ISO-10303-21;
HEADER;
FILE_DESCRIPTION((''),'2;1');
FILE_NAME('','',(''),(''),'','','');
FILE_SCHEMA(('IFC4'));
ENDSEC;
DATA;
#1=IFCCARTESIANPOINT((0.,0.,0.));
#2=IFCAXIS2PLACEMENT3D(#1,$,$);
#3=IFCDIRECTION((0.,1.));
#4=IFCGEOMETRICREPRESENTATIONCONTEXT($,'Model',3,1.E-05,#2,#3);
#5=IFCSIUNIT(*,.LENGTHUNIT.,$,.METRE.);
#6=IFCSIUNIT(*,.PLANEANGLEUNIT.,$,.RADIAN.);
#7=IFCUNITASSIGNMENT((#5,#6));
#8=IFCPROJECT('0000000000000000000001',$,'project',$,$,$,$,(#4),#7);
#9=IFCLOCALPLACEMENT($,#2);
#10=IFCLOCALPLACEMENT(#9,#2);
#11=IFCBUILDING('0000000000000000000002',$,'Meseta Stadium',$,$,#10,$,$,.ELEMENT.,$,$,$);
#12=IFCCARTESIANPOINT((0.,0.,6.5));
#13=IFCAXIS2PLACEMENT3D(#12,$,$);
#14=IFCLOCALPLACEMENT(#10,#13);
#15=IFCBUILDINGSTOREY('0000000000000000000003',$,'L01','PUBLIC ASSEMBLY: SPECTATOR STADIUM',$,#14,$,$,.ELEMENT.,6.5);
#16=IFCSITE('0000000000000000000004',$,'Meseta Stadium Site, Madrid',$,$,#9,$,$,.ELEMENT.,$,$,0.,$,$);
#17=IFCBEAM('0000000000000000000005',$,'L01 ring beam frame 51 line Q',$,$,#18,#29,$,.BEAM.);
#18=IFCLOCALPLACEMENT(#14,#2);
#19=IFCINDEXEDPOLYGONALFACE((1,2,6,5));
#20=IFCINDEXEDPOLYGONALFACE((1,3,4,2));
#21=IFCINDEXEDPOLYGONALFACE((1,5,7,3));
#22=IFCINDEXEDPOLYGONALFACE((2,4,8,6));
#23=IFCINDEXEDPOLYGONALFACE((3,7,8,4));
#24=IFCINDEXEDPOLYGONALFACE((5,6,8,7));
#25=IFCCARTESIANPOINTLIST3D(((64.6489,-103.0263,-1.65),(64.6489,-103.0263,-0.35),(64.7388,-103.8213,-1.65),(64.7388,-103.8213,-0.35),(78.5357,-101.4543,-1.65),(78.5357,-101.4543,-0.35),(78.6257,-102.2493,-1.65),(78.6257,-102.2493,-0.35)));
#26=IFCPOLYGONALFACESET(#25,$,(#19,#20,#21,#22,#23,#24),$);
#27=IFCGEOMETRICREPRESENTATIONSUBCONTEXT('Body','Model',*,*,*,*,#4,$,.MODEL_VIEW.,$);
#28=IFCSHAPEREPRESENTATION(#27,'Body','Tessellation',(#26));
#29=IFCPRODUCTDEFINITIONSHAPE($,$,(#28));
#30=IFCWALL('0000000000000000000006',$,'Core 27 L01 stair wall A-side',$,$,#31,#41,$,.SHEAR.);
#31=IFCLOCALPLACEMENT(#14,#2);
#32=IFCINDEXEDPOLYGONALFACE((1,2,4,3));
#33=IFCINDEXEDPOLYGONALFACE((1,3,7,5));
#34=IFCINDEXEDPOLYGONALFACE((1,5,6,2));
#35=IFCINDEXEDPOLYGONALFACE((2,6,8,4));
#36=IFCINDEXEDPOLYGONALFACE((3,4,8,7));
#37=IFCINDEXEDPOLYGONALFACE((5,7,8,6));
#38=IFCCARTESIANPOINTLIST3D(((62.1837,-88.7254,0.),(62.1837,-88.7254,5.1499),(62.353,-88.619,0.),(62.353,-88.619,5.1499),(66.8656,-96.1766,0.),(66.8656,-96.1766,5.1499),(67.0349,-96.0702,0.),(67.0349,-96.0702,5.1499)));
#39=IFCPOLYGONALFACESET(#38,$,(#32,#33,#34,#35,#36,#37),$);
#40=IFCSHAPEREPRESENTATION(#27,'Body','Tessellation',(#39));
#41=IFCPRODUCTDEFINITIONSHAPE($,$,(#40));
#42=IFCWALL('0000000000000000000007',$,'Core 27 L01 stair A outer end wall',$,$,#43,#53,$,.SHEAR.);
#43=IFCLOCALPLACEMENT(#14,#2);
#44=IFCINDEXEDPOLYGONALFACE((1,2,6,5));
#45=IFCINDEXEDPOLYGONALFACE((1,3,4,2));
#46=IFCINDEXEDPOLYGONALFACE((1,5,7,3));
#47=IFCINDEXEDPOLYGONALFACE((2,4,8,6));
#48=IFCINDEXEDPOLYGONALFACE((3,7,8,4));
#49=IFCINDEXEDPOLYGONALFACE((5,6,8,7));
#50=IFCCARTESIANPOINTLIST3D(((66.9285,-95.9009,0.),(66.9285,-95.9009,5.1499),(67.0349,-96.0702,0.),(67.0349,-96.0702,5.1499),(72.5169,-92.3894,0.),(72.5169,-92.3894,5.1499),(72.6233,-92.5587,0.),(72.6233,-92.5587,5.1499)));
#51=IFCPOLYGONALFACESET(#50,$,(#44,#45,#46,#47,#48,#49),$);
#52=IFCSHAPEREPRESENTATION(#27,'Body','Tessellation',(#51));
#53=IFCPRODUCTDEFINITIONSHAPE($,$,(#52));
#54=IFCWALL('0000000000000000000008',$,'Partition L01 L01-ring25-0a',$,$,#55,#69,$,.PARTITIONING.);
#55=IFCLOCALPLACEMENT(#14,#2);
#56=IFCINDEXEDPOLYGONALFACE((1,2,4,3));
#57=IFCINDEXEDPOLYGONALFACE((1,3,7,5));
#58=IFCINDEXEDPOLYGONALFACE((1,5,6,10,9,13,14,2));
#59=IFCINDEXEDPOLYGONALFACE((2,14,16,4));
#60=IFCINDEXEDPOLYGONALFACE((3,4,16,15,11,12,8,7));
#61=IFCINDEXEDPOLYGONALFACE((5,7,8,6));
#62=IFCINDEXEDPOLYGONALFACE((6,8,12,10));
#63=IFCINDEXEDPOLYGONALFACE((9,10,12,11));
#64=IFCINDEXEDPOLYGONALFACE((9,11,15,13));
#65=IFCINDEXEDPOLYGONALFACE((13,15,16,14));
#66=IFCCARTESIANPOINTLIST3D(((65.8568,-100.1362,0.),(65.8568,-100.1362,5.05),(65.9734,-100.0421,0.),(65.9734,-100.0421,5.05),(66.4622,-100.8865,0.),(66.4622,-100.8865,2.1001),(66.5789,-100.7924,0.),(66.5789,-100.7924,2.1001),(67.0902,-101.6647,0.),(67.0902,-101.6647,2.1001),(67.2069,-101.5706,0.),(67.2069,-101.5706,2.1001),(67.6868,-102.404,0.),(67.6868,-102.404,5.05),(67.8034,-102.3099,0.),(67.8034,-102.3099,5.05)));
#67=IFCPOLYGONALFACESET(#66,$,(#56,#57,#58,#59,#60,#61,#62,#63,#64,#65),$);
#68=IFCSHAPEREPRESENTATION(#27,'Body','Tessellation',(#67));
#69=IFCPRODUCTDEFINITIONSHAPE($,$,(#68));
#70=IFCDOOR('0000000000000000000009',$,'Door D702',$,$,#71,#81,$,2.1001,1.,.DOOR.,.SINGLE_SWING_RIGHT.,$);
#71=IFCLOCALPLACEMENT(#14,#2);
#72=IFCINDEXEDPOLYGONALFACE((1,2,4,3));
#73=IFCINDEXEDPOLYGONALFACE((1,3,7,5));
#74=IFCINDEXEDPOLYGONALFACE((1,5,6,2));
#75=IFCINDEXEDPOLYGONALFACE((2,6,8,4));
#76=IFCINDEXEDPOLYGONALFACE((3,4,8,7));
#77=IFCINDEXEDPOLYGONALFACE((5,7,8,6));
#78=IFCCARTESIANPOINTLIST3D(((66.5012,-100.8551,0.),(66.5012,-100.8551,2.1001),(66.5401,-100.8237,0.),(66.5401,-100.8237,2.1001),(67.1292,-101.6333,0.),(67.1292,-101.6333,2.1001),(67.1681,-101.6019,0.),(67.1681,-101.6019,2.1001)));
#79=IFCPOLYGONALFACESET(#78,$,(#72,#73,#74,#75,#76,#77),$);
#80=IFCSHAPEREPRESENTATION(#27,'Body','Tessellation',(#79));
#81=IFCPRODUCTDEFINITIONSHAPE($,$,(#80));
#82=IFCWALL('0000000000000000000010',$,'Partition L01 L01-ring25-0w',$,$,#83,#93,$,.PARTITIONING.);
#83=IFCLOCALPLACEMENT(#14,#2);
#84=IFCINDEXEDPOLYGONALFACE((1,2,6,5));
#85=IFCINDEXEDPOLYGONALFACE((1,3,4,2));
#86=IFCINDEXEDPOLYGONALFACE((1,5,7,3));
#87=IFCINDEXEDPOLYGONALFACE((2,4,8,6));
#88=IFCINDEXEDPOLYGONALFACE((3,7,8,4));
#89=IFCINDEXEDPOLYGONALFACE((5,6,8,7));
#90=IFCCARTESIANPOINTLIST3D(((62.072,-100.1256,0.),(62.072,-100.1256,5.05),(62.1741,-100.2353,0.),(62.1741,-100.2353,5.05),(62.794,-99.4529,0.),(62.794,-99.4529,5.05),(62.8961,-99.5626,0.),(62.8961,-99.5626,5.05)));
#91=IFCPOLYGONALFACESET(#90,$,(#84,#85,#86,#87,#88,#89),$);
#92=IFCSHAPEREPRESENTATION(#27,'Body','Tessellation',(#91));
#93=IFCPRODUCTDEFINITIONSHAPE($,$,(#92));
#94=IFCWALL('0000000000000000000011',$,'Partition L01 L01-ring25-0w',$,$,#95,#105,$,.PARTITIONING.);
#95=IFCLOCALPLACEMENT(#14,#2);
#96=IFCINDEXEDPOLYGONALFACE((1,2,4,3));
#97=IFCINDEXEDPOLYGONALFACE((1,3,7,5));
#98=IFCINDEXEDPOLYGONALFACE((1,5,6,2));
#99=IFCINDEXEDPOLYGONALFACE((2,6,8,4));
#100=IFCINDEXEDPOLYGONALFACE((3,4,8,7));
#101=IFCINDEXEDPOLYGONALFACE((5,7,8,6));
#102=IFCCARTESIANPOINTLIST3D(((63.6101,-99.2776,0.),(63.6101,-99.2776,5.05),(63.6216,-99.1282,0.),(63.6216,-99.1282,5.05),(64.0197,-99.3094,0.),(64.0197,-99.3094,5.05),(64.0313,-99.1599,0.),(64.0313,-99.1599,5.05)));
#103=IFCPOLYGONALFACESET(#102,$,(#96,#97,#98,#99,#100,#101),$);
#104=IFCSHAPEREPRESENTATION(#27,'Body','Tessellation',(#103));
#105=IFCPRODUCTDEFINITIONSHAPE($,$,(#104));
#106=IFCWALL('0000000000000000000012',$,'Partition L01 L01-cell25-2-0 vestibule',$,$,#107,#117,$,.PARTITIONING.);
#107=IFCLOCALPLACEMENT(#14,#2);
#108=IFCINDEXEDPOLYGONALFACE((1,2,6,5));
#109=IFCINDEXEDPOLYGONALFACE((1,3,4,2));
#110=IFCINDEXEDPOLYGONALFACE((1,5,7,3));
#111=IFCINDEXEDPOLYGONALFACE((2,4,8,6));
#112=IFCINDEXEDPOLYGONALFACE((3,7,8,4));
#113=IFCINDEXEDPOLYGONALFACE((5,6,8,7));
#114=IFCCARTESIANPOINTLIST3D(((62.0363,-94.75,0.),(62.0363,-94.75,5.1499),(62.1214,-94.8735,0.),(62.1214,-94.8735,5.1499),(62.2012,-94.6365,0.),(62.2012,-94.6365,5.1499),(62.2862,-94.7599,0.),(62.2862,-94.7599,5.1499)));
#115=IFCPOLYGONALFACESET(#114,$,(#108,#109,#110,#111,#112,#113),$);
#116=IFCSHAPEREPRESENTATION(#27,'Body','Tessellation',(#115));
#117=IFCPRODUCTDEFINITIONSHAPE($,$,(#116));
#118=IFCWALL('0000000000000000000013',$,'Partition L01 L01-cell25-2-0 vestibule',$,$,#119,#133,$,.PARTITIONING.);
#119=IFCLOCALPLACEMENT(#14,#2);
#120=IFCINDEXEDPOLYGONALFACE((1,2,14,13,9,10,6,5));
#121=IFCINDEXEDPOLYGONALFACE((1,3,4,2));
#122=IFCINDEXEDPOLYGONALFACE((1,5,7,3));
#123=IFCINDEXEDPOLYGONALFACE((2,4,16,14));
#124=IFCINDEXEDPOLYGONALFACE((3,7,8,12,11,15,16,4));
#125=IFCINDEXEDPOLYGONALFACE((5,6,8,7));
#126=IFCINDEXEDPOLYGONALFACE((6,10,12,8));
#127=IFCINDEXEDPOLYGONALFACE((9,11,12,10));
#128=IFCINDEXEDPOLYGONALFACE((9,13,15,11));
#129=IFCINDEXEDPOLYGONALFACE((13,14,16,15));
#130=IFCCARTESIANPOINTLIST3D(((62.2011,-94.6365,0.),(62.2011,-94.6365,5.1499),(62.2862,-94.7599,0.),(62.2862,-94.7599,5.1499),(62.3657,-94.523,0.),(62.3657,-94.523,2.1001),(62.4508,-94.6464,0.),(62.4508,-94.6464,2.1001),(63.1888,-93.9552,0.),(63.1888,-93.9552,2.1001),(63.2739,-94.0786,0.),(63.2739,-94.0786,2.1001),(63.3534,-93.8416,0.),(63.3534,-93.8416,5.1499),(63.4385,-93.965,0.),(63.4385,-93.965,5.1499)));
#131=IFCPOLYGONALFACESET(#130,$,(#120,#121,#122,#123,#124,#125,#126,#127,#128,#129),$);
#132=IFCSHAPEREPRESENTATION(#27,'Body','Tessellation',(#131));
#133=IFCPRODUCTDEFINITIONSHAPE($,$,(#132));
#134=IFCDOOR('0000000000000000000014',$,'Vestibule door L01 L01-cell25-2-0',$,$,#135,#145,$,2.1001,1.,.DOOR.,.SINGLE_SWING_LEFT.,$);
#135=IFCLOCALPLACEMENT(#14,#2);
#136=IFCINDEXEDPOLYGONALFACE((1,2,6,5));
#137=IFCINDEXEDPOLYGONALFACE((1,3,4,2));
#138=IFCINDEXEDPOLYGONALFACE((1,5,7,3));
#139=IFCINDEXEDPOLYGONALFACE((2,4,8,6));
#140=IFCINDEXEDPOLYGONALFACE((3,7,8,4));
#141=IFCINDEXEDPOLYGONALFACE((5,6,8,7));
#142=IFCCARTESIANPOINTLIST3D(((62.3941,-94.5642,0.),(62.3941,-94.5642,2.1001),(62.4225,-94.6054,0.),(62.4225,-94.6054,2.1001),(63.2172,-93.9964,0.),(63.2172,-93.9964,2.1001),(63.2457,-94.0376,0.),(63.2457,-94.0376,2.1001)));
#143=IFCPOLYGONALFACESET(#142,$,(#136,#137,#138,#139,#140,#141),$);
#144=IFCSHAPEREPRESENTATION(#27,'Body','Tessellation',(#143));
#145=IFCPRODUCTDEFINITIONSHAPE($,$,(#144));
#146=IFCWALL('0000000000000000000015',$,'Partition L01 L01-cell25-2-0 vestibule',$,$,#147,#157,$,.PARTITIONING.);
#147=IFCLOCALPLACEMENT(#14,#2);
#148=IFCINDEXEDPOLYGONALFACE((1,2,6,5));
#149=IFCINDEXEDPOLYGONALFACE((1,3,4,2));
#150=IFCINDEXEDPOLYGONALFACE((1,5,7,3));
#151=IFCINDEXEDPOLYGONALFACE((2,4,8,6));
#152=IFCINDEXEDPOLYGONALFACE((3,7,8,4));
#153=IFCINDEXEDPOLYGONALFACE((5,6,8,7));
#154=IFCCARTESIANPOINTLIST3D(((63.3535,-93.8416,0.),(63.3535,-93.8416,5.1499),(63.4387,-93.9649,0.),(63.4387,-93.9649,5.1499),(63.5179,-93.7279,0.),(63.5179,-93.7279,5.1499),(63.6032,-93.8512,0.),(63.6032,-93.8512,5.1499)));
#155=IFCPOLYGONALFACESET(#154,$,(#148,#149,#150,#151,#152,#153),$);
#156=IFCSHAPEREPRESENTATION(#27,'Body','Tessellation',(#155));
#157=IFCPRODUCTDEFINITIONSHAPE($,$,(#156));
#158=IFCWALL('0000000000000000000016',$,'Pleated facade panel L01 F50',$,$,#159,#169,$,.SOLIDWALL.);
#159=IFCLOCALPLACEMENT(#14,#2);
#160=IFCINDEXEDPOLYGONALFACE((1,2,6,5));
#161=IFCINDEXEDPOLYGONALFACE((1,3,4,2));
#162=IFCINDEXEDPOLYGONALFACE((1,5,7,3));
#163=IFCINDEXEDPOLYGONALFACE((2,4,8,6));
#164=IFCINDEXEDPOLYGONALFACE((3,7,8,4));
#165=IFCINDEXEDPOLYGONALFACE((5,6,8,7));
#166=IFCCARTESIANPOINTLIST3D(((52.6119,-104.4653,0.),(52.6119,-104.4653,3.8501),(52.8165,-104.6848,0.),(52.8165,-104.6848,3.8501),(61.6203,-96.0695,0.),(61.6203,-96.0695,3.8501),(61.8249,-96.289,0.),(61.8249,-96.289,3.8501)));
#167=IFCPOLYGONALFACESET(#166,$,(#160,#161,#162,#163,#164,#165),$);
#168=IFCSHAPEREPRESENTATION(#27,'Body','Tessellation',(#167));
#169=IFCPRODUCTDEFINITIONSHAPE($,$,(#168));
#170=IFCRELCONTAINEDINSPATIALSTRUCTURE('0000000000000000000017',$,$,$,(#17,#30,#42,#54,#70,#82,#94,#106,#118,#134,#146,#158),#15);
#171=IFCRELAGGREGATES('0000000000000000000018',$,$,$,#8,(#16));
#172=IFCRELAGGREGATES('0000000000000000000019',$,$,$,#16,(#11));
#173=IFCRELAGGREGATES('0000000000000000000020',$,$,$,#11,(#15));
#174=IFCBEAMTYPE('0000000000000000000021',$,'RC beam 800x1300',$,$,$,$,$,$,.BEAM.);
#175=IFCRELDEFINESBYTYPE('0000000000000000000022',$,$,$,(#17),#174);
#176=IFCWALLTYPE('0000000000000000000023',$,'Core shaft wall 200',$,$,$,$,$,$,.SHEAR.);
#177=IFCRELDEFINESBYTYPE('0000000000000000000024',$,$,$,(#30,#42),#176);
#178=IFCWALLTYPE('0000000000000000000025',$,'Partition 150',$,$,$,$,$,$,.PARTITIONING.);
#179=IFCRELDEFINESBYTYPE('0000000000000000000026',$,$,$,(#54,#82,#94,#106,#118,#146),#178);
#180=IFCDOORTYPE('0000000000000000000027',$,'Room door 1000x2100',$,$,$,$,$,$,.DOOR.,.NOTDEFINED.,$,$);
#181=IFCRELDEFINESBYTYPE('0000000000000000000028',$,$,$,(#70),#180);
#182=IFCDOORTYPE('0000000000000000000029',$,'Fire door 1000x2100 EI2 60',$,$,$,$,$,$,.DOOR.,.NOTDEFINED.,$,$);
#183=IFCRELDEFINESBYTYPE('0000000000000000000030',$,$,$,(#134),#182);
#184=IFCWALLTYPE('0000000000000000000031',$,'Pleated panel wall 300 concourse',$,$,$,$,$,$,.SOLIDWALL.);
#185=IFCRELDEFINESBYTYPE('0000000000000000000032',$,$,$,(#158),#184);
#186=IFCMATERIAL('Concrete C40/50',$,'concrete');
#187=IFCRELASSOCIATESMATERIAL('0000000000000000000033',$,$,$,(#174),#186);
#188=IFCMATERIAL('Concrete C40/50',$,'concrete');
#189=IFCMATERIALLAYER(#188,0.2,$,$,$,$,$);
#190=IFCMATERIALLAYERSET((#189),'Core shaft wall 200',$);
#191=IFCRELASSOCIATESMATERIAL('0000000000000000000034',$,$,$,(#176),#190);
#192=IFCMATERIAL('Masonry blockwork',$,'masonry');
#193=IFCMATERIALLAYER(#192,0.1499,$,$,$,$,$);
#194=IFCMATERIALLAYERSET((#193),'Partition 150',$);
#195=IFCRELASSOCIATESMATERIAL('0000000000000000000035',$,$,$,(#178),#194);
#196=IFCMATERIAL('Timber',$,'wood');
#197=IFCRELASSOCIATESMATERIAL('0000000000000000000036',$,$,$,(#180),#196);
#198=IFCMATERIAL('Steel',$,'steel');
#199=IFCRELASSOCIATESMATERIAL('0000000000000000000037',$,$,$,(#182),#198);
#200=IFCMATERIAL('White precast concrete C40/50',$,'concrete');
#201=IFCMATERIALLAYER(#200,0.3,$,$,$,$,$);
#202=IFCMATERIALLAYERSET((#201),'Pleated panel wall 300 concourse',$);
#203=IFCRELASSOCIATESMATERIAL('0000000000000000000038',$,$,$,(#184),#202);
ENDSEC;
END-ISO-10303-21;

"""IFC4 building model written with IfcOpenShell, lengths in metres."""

from ifc_helpers import new_model, si_unit, direction, frame, frame_2d, origin, origin_2d, place, context, subcontext, project, spatial, rectangle, extrude, material, layer, layer_set, material_profile, profile_set, type_object, element, fill, save


model = new_model("IFC4")

# Units and contexts
model_context = context("Model", 3, precision=1e-05, world=origin(), true_north=direction((0.0, 1.0)))
body_context = subcontext(model_context, "Body", "Model", "MODEL_VIEW")
ifc_project = project(units=[si_unit("LENGTHUNIT", "METRE"), si_unit("PLANEANGLEUNIT", "RADIAN")], contexts=[model_context])

# Site, building, storey
site_placement = place(None, origin())
site = spatial("IfcSite", under=ifc_project, at=site_placement, Name="Meseta Stadium Site, Madrid", CompositionType="ELEMENT", RefElevation=0.0)
building_placement = place(site_placement, origin())
building = spatial("IfcBuilding", under=site, at=building_placement, Name="Meseta Stadium", CompositionType="ELEMENT")
storey_placement = place(building_placement, frame((0.0, 0.0, 6.5)))
storey = spatial("IfcBuildingStorey", under=building, at=storey_placement, Name="L01", Description="PUBLIC ASSEMBLY: SPECTATOR STADIUM", CompositionType="ELEMENT", Elevation=6.5)

# Beam
ifc_material_1 = material(Name="Concrete C40/50", Category="concrete")
ifc_material_profile_1 = material_profile(ifc_material_1, rectangle(XDim=0.8, YDim=1.3, at=origin_2d()), Name="RC 800x1300")
ifc_profile_set_1 = profile_set([ifc_material_profile_1], Name="Concrete C40/50")
beam_type_1 = type_object("IfcBeamType", Name="RC beam 800x1300", PredefinedType="BEAM", material=ifc_profile_set_1)
beam_1_placement = place(storey_placement, frame((64.6938, -103.4238, -1.0), z_axis=(0.993654, 0.112483, 0.0), x_axis=(-0.112483, 0.993654, 0.0)))
element("IfcBeam", 1, at=beam_1_placement, inside=storey, type_object=beam_type_1, Name="L01 ring beam frame 51 line Q", PredefinedType="BEAM", context=body_context, shape_type="SweptSolid", body=[
    extrude(rectangle(XDim=0.8, YDim=1.3, at=origin_2d()), origin(), (0.0, 0.0, 1.0), 13.9756),
])

# Walls
ifc_material_2 = material(Name="Concrete C40/50", Category="concrete")
ifc_layer_1 = layer(ifc_material_2, 0.2)
ifc_layer_set_1 = layer_set([ifc_layer_1], Name="Core shaft wall 200")
wall_type_1 = type_object("IfcWallType", Name="Core shaft wall 200", PredefinedType="SHEAR", material=ifc_layer_set_1)
wall_1_placement = place(storey_placement, frame((66.9502, -96.1233, 0.0), z_axis=(0.0, 0.0, 1.0), x_axis=(-0.532032, 0.846724, 0.0)))
element("IfcWall", 2, at=wall_1_placement, inside=storey, type_object=wall_type_1, Name="Core 27 L01 stair wall A-side", PredefinedType="SHEAR", context=body_context, shape_type="SweptSolid", body=[
    extrude(rectangle(XDim=8.8, YDim=0.2, at=frame_2d((4.3999, 0.0))), origin(), (0.0, 0.0, 1.0), 5.1499),
])
wall_2_placement = place(storey_placement, frame((66.9817, -95.9856, 0.0), z_axis=(0.0, 0.0, 1.0), x_axis=(0.84672, 0.532039, 0.0)))
element("IfcWall", 3, at=wall_2_placement, inside=storey, type_object=wall_type_1, Name="Core 27 L01 stair A outer end wall", PredefinedType="SHEAR", context=body_context, shape_type="SweptSolid", body=[
    extrude(rectangle(XDim=6.6001, YDim=0.2, at=frame_2d((3.3, 0.0))), origin(), (0.0, 0.0, 1.0), 5.1499),
])

# Wall, opening, door
ifc_material_3 = material(Name="Masonry blockwork", Category="masonry")
ifc_layer_2 = layer(ifc_material_3, 0.1499)
ifc_layer_set_2 = layer_set([ifc_layer_2], Name="Partition 150")
wall_type_2 = type_object("IfcWallType", Name="Partition 150", PredefinedType="PARTITIONING", material=ifc_layer_set_2)
wall_3_placement = place(storey_placement, frame((67.7451, -102.3569, 0.0), z_axis=(0.0, 0.0, 1.0), x_axis=(-0.628, 0.778214, 0.0)))
wall_3 = element("IfcWall", 4, at=wall_3_placement, inside=storey, type_object=wall_type_2, Name="Partition L01 L01-ring25-0a", PredefinedType="PARTITIONING", context=body_context, shape_type="SweptSolid", body=[
    extrude(rectangle(XDim=2.9141, YDim=0.1499, at=frame_2d((1.457, 0.0))), origin(), (0.0, 0.0, 1.0), 5.05),
])
opening_1_placement = place(wall_3_placement, frame((0.95, 0.0, 0.0)))
opening_1 = element("IfcOpeningElement", 5, at=opening_1_placement, cuts=wall_3, PredefinedType="OPENING", context=body_context, shape_type="SweptSolid", body=[
    extrude(rectangle(XDim=1.0, YDim=2.1001, at=frame_2d((0.5, 1.05))), frame((0.0, 0.085, 0.0), z_axis=(0.0, -1.0, 0.0), x_axis=(1.0, 0.0, 0.0)), (0.0, 0.0, 1.0), 0.1699),
])
ifc_material_4 = material(Name="Timber", Category="wood")
door_type_1 = type_object("IfcDoorType", Name="Room door 1000x2100", OperationType="NOTDEFINED", PredefinedType="DOOR", material=ifc_material_4)
door_1_placement = place(opening_1_placement, origin())
door_1 = element("IfcDoor", 6, at=door_1_placement, inside=storey, type_object=door_type_1, Name="Door D702", OperationType="SINGLE_SWING_RIGHT", OverallHeight=2.1001, OverallWidth=1.0, PredefinedType="DOOR", context=body_context, shape_type="SweptSolid", body=[
    extrude(rectangle(XDim=1.0, YDim=2.1001, at=frame_2d((0.5, 1.05))), frame((0.0, 0.0249, 0.0), z_axis=(0.0, -1.0, 0.0), x_axis=(1.0, 0.0, 0.0)), (0.0, 0.0, 1.0), 0.05),
])
fill(opening_1, door_1)

# Walls
wall_4_placement = place(storey_placement, frame((62.123, -100.1804, 0.0), z_axis=(0.0, 0.0, 1.0), x_axis=(0.731656, 0.681674, 0.0)))
element("IfcWall", 7, at=wall_4_placement, inside=storey, type_object=wall_type_2, Name="Partition L01 L01-ring25-0w", PredefinedType="PARTITIONING", context=body_context, shape_type="SweptSolid", body=[
    extrude(rectangle(XDim=0.9868, YDim=0.1499, at=frame_2d((0.4934, 0.0))), origin(), (0.0, 0.0, 1.0), 5.05),
])
wall_5_placement = place(storey_placement, frame((63.6157, -99.2029, 0.0), z_axis=(0.0, 0.0, 1.0), x_axis=(0.997012, -0.077242, 0.0)))
element("IfcWall", 8, at=wall_5_placement, inside=storey, type_object=wall_type_2, Name="Partition L01 L01-ring25-0w", PredefinedType="PARTITIONING", context=body_context, shape_type="SweptSolid", body=[
    extrude(rectangle(XDim=0.4109, YDim=0.1499, at=frame_2d((0.2056, 0.0))), origin(), (0.0, 0.0, 1.0), 5.05),
])
wall_6_placement = place(storey_placement, frame((62.0789, -94.8118, 0.0), z_axis=(0.0, 0.0, 1.0), x_axis=(0.823508, 0.567305, 0.0)))
element("IfcWall", 9, at=wall_6_placement, inside=storey, type_object=wall_type_2, Name="Partition L01 L01-cell25-2-0 vestibule", PredefinedType="PARTITIONING", context=body_context, shape_type="SweptSolid", body=[
    extrude(rectangle(XDim=0.2002, YDim=0.1499, at=frame_2d((0.1001, 0.0))), origin(), (0.0, 0.0, 1.0), 5.1499),
])

# Wall, opening, door
wall_7_placement = place(storey_placement, frame((62.2437, -94.6982, 0.0), z_axis=(0.0, 0.0, 1.0), x_axis=(0.823145, 0.567831, 0.0)))
wall_7 = element("IfcWall", 10, at=wall_7_placement, inside=storey, type_object=wall_type_2, Name="Partition L01 L01-cell25-2-0 vestibule", PredefinedType="PARTITIONING", context=body_context, shape_type="SweptSolid", body=[
    extrude(rectangle(XDim=1.3999, YDim=0.1499, at=frame_2d((0.7, 0.0))), origin(), (0.0, 0.0, 1.0), 5.1499),
])
opening_2_placement = place(wall_7_placement, frame((0.2, 0.0, 0.0)))
opening_2 = element("IfcOpeningElement", 11, at=opening_2_placement, cuts=wall_7, PredefinedType="OPENING", context=body_context, shape_type="SweptSolid", body=[
    extrude(rectangle(XDim=1.0, YDim=2.1001, at=frame_2d((0.5, 1.05))), frame((0.0, 0.085, 0.0), z_axis=(0.0, -1.0, 0.0), x_axis=(1.0, 0.0, 0.0)), (0.0, 0.0, 1.0), 0.1699),
])
ifc_material_5 = material(Name="Steel", Category="steel")
door_type_2 = type_object("IfcDoorType", Name="Fire door 1000x2100 EI2 60", OperationType="NOTDEFINED", PredefinedType="DOOR", material=ifc_material_5)
door_2_placement = place(opening_2_placement, origin())
door_2 = element("IfcDoor", 12, at=door_2_placement, inside=storey, type_object=door_type_2, Name="Vestibule door L01 L01-cell25-2-0", OperationType="SINGLE_SWING_LEFT", OverallHeight=2.1001, OverallWidth=1.0, PredefinedType="DOOR", context=body_context, shape_type="SweptSolid", body=[
    extrude(rectangle(XDim=1.0, YDim=2.1001, at=frame_2d((0.5, 1.05))), frame((0.0, 0.0249, 0.0), z_axis=(0.0, -1.0, 0.0), x_axis=(1.0, 0.0, 0.0)), (0.0, 0.0, 1.0), 0.05),
])
fill(opening_2, door_2)

# Walls
wall_8_placement = place(storey_placement, frame((63.396, -93.9033, 0.0), z_axis=(0.0, 0.0, 1.0), x_axis=(0.822544, 0.568702, 0.0)))
element("IfcWall", 13, at=wall_8_placement, inside=storey, type_object=wall_type_2, Name="Partition L01 L01-cell25-2-0 vestibule", PredefinedType="PARTITIONING", context=body_context, shape_type="SweptSolid", body=[
    extrude(rectangle(XDim=0.2, YDim=0.1499, at=frame_2d((0.1001, 0.0))), origin(), (0.0, 0.0, 1.0), 5.1499),
])
ifc_material_6 = material(Name="White precast concrete C40/50", Category="concrete")
ifc_layer_3 = layer(ifc_material_6, 0.3)
ifc_layer_set_3 = layer_set([ifc_layer_3], Name="Pleated panel wall 300 concourse")
wall_type_3 = type_object("IfcWallType", Name="Pleated panel wall 300 concourse", PredefinedType="SOLIDWALL", material=ifc_layer_set_3)
wall_9_placement = place(storey_placement, frame((61.7227, -96.1792, 0.0), z_axis=(0.0, 0.0, 1.0), x_axis=(-0.731541, -0.681797, 0.0)))
element("IfcWall", 14, at=wall_9_placement, inside=storey, type_object=wall_type_3, Name="Pleated facade panel L01 F50", PredefinedType="SOLIDWALL", context=body_context, shape_type="SweptSolid", body=[
    extrude(rectangle(XDim=12.3142, YDim=0.3, at=frame_2d((6.1572, 0.0))), origin(), (0.0, 0.0, 1.0), 3.8501),
])

save(model, "model.ifc")
